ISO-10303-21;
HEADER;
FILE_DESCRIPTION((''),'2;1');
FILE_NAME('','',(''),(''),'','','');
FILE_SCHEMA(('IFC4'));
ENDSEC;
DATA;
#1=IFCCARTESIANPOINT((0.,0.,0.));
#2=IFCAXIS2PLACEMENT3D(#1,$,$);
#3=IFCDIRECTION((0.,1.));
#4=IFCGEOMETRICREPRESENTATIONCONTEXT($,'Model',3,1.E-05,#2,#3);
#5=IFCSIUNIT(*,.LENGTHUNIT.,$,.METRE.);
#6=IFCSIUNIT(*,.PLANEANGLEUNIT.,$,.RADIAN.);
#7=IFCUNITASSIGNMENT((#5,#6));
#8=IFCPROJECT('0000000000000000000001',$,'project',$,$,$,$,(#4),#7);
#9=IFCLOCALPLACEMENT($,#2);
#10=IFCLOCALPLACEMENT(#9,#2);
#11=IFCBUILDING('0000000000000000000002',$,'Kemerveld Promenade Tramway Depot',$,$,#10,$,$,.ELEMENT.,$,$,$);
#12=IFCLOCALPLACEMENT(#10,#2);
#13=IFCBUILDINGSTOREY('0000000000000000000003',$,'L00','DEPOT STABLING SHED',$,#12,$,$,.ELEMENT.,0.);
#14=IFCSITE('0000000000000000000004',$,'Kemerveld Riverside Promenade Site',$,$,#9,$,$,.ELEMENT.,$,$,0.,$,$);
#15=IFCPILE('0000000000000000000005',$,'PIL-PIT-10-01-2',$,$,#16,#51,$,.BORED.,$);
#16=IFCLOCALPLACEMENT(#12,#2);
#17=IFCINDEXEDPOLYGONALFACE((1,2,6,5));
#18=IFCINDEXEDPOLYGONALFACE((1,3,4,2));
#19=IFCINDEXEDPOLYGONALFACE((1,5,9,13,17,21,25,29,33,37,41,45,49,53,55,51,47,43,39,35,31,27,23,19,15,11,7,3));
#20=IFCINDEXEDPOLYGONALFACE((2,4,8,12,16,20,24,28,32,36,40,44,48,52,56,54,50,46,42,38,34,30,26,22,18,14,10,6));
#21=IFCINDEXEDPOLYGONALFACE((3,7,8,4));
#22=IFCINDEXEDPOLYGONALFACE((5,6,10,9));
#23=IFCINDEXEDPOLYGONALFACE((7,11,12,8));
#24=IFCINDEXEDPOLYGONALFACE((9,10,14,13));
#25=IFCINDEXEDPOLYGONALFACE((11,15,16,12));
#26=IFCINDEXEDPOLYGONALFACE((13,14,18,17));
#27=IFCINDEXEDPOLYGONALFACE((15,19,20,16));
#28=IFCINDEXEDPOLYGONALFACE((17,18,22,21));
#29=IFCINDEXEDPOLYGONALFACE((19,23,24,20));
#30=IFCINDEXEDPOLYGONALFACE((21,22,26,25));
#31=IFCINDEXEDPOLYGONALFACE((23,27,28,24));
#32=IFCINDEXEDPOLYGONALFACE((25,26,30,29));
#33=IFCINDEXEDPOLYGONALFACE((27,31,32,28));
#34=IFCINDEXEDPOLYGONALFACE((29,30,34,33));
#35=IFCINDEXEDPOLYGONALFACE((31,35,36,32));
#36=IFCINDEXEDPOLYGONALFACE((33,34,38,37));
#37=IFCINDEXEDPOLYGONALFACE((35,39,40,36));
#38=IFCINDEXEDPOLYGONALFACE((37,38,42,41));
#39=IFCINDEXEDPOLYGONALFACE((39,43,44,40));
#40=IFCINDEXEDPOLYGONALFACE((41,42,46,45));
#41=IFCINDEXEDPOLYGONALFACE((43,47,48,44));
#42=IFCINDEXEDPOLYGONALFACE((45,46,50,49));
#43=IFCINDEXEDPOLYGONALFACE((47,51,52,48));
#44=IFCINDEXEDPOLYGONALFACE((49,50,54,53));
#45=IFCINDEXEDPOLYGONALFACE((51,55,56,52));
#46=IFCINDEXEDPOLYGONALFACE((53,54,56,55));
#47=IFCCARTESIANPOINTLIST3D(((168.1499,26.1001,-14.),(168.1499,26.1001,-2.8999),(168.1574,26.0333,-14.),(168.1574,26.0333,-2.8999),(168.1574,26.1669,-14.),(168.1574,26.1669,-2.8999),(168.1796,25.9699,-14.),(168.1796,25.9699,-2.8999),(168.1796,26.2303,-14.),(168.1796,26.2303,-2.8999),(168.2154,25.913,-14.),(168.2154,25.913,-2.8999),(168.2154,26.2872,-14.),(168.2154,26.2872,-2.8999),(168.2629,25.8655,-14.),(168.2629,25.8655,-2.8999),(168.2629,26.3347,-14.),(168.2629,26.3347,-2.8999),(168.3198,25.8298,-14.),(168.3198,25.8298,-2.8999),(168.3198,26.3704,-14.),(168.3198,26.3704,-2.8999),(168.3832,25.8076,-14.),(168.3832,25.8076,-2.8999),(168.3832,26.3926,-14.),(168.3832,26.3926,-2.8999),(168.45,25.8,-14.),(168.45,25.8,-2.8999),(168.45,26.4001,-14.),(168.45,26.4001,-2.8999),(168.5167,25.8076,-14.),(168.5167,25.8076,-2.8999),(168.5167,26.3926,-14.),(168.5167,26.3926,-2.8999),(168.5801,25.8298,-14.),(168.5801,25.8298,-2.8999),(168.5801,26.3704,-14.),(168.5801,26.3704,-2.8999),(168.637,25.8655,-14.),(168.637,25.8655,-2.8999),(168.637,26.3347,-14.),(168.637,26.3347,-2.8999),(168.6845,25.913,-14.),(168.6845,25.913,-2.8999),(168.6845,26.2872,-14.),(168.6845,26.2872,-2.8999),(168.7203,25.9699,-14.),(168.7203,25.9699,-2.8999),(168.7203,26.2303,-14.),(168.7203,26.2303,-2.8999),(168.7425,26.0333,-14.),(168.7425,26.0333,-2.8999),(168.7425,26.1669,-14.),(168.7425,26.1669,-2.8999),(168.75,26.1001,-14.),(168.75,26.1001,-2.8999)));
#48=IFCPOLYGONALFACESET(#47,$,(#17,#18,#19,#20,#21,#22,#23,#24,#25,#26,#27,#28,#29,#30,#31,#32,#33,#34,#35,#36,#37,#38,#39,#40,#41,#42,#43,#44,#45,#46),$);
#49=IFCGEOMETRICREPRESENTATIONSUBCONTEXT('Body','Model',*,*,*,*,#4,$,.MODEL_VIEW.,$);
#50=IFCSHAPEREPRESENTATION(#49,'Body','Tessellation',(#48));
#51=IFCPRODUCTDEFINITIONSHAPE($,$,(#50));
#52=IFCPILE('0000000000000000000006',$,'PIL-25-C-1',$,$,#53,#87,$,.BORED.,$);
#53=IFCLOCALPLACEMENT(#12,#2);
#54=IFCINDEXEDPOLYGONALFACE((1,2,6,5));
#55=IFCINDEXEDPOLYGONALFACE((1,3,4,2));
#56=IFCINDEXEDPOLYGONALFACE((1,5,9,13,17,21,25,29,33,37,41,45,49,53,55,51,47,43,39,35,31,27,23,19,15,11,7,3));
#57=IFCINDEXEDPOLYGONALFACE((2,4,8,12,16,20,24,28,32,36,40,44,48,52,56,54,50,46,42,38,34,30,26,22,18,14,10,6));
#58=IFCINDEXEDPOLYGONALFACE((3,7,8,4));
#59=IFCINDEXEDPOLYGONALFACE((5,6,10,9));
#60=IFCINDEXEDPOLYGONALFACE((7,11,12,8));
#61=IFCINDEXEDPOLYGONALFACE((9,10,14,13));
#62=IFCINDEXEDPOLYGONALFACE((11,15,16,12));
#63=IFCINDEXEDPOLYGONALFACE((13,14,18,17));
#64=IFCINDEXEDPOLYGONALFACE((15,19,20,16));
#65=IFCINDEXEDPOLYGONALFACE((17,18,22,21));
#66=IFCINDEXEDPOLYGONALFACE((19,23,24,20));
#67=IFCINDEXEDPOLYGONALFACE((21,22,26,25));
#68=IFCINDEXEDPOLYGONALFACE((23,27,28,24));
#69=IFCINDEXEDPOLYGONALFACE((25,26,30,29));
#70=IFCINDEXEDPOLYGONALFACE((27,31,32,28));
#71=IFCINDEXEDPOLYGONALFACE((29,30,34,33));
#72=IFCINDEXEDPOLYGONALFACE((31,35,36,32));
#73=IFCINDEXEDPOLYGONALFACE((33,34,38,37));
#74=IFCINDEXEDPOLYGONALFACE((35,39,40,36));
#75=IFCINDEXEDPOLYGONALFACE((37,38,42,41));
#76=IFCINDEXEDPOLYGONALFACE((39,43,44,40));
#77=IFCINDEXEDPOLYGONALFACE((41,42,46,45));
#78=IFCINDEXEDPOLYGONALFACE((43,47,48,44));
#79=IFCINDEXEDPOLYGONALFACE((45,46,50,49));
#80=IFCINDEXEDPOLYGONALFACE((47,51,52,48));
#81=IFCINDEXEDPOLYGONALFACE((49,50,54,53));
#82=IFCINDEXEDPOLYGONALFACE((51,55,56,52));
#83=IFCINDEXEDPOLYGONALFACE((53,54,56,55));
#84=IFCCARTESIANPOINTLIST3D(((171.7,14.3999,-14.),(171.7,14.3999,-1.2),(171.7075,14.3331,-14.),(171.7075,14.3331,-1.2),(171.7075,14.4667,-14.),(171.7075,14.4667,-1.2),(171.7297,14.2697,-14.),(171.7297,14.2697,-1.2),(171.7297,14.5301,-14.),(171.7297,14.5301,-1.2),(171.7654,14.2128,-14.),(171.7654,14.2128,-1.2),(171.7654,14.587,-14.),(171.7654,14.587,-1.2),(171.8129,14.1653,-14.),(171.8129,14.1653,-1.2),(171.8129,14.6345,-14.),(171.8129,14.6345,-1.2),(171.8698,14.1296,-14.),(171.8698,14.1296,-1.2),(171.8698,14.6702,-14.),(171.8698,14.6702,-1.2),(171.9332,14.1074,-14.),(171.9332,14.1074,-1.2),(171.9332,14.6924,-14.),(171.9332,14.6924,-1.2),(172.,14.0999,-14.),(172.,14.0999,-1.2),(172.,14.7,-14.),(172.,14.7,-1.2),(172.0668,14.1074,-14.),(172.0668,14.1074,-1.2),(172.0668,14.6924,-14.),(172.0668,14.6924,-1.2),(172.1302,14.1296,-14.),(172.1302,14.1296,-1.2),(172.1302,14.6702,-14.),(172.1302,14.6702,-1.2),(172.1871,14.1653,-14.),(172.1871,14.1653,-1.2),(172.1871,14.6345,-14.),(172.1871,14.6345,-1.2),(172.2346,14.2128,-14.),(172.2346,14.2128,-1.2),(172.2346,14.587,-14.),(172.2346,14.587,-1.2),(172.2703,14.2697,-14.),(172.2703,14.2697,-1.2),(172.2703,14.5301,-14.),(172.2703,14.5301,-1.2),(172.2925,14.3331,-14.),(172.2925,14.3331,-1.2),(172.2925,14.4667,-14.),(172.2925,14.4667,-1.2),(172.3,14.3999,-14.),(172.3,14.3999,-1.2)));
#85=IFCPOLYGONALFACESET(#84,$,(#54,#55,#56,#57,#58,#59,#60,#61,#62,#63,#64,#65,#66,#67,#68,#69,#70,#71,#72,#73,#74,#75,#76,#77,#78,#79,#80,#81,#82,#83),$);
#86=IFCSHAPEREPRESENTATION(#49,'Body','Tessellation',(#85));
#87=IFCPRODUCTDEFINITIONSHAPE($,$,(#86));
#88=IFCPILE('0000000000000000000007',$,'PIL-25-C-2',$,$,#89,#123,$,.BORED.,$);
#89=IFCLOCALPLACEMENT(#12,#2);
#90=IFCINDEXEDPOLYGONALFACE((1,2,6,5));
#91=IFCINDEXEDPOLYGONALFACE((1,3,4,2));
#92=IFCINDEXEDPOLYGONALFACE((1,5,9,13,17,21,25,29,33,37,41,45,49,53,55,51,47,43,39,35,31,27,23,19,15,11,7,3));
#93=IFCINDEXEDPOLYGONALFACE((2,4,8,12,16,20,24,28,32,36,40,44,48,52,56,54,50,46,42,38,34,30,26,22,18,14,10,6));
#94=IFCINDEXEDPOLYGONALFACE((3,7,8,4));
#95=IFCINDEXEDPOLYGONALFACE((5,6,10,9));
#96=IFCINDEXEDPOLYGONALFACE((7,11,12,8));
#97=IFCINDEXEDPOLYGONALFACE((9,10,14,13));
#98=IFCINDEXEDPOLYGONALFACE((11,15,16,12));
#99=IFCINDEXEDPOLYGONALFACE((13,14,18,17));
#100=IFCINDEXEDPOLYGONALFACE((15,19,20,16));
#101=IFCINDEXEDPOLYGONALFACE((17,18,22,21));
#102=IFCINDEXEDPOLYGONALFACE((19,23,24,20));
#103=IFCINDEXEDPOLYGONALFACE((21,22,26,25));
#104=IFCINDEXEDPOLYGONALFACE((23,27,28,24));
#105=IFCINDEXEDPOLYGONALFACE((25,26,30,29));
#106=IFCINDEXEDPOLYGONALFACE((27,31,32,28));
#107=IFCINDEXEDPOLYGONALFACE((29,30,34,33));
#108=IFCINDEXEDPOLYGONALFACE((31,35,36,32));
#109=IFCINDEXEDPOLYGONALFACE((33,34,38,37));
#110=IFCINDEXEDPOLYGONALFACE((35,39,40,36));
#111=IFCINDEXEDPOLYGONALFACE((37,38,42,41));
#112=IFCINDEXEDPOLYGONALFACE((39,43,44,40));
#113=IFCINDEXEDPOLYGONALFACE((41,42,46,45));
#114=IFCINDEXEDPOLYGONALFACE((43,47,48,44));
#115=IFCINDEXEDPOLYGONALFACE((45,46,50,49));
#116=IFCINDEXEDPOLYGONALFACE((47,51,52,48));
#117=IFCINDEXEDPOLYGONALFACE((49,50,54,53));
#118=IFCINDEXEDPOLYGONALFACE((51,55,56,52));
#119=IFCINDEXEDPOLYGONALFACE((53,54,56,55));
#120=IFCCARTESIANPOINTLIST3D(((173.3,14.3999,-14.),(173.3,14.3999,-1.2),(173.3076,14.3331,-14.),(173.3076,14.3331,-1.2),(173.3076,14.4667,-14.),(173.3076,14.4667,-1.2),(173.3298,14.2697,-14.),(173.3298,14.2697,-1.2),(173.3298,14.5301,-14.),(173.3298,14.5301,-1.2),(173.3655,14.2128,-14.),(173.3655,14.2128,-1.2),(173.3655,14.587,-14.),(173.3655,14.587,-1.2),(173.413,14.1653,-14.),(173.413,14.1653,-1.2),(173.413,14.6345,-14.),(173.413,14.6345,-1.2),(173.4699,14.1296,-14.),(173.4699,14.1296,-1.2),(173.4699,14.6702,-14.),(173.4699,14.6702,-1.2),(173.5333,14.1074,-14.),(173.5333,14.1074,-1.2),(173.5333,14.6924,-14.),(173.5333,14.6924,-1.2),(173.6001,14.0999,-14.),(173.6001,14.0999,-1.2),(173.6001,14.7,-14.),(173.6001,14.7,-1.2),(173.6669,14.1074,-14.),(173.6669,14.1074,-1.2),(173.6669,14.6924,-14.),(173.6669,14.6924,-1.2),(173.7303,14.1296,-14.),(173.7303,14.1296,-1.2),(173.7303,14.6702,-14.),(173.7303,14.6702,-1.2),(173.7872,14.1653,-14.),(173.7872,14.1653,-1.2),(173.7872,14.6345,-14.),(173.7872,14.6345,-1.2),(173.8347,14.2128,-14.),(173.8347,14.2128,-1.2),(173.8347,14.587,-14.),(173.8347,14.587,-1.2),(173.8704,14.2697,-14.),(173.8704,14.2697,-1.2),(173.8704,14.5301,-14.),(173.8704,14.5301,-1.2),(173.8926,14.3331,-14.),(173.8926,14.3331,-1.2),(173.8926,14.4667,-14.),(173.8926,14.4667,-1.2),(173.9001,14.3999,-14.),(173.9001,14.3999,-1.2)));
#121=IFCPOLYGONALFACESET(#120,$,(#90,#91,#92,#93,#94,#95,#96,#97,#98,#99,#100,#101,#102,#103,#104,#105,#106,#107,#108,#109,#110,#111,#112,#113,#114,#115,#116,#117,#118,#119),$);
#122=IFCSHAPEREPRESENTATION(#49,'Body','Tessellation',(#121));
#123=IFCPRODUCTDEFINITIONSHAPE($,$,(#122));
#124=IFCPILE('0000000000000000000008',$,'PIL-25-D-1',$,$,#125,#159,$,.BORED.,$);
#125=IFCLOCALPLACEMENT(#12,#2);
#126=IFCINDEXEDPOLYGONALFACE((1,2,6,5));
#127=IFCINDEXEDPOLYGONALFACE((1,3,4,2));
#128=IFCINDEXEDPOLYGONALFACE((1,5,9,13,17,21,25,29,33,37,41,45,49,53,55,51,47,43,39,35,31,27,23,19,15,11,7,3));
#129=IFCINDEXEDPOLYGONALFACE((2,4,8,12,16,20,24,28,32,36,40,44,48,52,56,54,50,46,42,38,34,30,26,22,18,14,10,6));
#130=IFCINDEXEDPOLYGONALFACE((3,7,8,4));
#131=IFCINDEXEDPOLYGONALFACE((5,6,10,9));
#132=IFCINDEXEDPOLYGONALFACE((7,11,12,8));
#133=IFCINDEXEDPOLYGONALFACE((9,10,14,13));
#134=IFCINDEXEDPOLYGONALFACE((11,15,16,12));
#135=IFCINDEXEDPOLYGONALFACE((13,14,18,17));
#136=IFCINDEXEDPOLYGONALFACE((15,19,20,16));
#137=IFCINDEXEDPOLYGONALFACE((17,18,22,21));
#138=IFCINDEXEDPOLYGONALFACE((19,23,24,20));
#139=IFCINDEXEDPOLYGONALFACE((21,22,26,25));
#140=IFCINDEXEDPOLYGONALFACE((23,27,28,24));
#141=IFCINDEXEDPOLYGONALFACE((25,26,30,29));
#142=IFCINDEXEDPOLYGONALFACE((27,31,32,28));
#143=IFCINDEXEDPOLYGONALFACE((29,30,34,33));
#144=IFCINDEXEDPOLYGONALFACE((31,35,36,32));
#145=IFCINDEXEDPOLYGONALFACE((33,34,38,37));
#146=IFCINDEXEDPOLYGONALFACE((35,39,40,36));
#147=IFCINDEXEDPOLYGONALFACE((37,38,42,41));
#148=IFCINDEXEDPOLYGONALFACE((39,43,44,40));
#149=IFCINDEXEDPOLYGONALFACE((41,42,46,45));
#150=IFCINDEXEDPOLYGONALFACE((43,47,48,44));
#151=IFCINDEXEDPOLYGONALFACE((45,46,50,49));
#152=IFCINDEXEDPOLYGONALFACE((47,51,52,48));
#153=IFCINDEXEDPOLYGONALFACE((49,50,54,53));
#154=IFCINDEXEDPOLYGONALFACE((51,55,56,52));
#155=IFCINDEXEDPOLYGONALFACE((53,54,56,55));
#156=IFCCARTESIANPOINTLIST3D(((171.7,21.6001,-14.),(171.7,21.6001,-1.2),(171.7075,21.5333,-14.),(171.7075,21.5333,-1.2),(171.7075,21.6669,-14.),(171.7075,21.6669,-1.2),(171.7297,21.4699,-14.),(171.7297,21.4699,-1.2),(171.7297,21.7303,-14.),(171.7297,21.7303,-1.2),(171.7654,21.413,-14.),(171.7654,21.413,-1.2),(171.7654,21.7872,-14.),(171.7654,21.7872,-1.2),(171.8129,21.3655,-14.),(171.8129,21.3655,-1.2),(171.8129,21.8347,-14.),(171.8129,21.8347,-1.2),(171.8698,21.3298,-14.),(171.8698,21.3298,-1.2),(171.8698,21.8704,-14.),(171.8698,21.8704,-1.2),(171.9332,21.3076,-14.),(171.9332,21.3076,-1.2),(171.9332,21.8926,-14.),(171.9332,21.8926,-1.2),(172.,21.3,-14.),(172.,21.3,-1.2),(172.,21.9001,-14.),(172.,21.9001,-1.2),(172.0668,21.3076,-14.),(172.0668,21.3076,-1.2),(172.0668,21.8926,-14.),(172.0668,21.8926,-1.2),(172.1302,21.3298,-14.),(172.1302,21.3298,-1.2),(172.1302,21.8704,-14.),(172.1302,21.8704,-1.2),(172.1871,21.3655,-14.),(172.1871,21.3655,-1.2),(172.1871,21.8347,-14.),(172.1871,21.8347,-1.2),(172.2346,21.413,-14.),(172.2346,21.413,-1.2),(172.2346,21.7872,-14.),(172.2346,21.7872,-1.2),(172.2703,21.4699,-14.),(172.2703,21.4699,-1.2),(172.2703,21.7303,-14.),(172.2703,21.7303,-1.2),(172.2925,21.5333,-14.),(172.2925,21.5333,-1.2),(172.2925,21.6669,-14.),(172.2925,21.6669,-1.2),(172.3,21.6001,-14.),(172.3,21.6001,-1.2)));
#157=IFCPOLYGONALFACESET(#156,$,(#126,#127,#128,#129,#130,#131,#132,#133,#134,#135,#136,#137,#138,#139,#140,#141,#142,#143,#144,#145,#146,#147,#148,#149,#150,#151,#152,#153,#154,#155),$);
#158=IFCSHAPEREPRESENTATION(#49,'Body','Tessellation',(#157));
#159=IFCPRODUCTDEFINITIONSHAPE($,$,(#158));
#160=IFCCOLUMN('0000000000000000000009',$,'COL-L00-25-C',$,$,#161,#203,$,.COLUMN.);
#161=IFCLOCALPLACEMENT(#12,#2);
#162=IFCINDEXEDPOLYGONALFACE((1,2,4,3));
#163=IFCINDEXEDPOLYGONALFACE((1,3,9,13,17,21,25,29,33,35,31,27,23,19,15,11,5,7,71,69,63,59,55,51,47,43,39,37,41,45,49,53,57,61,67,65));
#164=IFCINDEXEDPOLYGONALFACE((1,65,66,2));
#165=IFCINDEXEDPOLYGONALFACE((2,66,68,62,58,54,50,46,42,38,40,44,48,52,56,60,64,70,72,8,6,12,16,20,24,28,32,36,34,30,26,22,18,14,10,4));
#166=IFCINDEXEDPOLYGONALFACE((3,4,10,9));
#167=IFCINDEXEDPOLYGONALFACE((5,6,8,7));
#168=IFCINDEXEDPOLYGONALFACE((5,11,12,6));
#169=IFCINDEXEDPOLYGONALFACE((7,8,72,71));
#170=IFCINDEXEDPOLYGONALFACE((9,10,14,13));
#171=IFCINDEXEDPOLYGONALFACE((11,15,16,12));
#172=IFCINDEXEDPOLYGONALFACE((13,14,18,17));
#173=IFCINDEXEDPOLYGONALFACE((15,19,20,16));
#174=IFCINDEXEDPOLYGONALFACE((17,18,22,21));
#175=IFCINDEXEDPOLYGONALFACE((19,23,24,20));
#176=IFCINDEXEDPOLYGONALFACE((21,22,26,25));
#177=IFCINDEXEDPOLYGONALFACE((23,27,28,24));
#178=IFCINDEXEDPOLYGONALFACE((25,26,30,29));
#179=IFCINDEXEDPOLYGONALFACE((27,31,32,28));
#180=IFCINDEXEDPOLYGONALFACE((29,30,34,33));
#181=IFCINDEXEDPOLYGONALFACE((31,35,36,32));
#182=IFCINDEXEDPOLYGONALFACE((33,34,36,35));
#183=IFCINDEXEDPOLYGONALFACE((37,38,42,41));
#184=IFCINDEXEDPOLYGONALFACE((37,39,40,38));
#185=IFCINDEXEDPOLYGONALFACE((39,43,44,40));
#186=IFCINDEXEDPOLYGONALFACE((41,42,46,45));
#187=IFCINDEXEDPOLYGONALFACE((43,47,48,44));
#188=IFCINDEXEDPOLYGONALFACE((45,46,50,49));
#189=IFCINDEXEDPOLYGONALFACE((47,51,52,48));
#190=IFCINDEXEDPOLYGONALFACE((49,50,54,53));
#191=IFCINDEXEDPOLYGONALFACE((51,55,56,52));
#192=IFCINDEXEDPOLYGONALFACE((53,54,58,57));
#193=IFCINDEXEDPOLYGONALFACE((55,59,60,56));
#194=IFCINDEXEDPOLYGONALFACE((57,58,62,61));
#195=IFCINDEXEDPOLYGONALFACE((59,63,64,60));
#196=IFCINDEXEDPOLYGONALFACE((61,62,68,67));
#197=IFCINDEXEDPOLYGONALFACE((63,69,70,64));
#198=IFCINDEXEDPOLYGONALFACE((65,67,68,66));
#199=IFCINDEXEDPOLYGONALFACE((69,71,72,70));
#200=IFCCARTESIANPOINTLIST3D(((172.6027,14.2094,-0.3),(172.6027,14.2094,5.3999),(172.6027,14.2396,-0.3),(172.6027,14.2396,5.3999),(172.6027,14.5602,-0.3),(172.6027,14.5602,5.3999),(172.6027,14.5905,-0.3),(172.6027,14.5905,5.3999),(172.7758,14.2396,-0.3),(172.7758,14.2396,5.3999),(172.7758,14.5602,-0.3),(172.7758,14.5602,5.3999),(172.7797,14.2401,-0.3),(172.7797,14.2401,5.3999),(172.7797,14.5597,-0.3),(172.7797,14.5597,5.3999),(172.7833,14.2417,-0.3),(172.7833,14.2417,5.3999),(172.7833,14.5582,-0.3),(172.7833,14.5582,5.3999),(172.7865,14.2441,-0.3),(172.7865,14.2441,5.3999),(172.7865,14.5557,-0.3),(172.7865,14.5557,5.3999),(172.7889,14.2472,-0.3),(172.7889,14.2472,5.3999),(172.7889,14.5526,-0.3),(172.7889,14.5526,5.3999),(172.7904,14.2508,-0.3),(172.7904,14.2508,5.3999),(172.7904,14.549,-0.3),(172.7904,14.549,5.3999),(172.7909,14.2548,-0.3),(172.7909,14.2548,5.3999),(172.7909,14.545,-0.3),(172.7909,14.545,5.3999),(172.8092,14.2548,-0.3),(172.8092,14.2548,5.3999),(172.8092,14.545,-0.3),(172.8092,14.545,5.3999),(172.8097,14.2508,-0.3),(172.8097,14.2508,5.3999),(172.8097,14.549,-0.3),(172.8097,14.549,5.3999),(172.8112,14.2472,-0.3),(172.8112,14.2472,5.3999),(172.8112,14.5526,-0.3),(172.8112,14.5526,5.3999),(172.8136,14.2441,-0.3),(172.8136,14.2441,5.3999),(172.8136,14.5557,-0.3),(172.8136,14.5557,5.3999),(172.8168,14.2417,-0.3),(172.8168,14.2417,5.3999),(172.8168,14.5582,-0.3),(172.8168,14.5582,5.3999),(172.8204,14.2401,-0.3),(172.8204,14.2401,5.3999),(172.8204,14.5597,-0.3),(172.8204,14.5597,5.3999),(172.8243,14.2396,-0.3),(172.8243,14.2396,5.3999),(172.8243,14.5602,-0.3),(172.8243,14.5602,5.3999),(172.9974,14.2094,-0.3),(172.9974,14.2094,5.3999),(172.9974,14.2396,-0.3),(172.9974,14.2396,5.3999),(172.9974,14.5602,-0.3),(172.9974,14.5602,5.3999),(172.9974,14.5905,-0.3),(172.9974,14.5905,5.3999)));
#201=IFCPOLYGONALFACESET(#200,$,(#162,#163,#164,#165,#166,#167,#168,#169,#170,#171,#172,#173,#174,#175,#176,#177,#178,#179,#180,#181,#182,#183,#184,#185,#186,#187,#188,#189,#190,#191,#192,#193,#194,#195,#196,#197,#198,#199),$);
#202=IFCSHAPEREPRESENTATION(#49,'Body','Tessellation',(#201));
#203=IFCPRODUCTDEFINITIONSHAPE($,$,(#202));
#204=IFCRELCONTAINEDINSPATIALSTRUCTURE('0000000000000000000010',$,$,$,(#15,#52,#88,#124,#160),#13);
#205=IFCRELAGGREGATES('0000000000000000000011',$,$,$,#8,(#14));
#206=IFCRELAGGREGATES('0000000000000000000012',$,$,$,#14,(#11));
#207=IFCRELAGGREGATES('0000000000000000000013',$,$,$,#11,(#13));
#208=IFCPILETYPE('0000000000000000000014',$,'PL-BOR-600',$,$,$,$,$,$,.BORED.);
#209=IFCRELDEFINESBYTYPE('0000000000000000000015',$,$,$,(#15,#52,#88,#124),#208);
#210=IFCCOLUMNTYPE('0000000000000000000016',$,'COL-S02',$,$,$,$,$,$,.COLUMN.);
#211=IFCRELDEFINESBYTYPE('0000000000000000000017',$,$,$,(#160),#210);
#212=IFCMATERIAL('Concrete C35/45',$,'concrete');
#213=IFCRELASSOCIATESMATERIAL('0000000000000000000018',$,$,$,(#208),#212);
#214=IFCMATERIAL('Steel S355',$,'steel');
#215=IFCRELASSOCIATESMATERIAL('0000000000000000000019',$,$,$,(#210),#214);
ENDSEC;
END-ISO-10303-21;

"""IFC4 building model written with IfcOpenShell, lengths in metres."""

from ifc_helpers import new_model, si_unit, direction, frame, origin, origin_2d, place, context, subcontext, project, spatial, circle, i_section, extrude, material, material_profile, profile_set, type_object, element, save


model = new_model("IFC4")

# Units and contexts
model_context = context("Model", 3, precision=1e-05, world=origin(), true_north=direction((0.0, 1.0)))
body_context = subcontext(model_context, "Body", "Model", "MODEL_VIEW")
ifc_project = project(units=[si_unit("LENGTHUNIT", "METRE"), si_unit("PLANEANGLEUNIT", "RADIAN")], contexts=[model_context])

# Site, building, storey
site_placement = place(None, origin())
site = spatial("IfcSite", under=ifc_project, at=site_placement, Name="Kemerveld Riverside Promenade Site", CompositionType="ELEMENT", RefElevation=0.0)
building_placement = place(site_placement, origin())
building = spatial("IfcBuilding", under=site, at=building_placement, Name="Kemerveld Promenade Tramway Depot", CompositionType="ELEMENT")
storey_placement = place(building_placement, origin())
storey = spatial("IfcBuildingStorey", under=building, at=storey_placement, Name="L00", Description="DEPOT STABLING SHED", CompositionType="ELEMENT", Elevation=0.0)

# Shared definitions
ifc_material_1 = material(Name="Concrete C35/45", Category="concrete")

# Piles
ifc_material_profile_1 = material_profile(ifc_material_1, circle(Radius=0.3, at=origin_2d()), Name="PILE-D600")
ifc_profile_set_1 = profile_set([ifc_material_profile_1], Name="Concrete C35/45")
pile_type = type_object("IfcPileType", Name="PL-BOR-600", PredefinedType="BORED", material=ifc_profile_set_1)
for number, where, z_axis, x_axis, name in (
    (1, (168.45, 26.1001, -2.8999), (0.0, 0.0, -1.0), (1.0, 0.0, 0.0), "PIL-PIT-10-01-2"),
):
    element("IfcPile", number, at=place(storey_placement, frame(where, z_axis=z_axis, x_axis=x_axis)), inside=storey, type_object=pile_type, Name=name, PredefinedType="BORED", context=body_context, shape_type="SweptSolid", body=[
        extrude(circle(Radius=0.3, at=origin_2d()), origin(), (0.0, 0.0, 1.0), 11.1001),
    ])
for number, where, z_axis, x_axis, name in (
    (2, (172.0, 14.3999, -1.2), (0.0, 0.0, -1.0), (1.0, 0.0, 0.0), "PIL-25-C-1"),
    (3, (173.6001, 14.3999, -1.2), (0.0, 0.0, -1.0), (1.0, 0.0, 0.0), "PIL-25-C-2"),
    (4, (172.0, 21.6001, -1.2), (0.0, 0.0, -1.0), (1.0, 0.0, 0.0), "PIL-25-D-1"),
):
    element("IfcPile", number, at=place(storey_placement, frame(where, z_axis=z_axis, x_axis=x_axis)), inside=storey, type_object=pile_type, Name=name, PredefinedType="BORED", context=body_context, shape_type="SweptSolid", body=[
        extrude(circle(Radius=0.3, at=origin_2d()), origin(), (0.0, 0.0, 1.0), 12.8),
    ])

# Column
ifc_material_2 = material(Name="Steel S355", Category="steel")
ifc_material_profile_2 = material_profile(ifc_material_2, i_section(OverallWidth=0.3948, OverallDepth=0.3811, WebThickness=0.0183, FlangeThickness=0.0303, FilletRadius=0.0151, at=origin_2d()), Name="356x406x235 UC")
ifc_profile_set_2 = profile_set([ifc_material_profile_2], Name="Steel S355")
column_type = type_object("IfcColumnType", Name="COL-S02", PredefinedType="COLUMN", material=ifc_profile_set_2)
for number, where, z_axis, x_axis, name in (
    (5, (172.8, 14.3999, -0.3), (0.0, 0.0, 1.0), (1.0, 0.0, 0.0), "COL-L00-25-C"),
):
    element("IfcColumn", number, at=place(storey_placement, frame(where, z_axis=z_axis, x_axis=x_axis)), inside=storey, type_object=column_type, Name=name, PredefinedType="COLUMN", context=body_context, shape_type="SweptSolid", body=[
        extrude(i_section(OverallWidth=0.3948, OverallDepth=0.3811, WebThickness=0.0183, FlangeThickness=0.0303, FilletRadius=0.0151, at=origin_2d()), origin(), (0.0, 0.0, 1.0), 5.7),
    ])

save(model, "model.ifc")
